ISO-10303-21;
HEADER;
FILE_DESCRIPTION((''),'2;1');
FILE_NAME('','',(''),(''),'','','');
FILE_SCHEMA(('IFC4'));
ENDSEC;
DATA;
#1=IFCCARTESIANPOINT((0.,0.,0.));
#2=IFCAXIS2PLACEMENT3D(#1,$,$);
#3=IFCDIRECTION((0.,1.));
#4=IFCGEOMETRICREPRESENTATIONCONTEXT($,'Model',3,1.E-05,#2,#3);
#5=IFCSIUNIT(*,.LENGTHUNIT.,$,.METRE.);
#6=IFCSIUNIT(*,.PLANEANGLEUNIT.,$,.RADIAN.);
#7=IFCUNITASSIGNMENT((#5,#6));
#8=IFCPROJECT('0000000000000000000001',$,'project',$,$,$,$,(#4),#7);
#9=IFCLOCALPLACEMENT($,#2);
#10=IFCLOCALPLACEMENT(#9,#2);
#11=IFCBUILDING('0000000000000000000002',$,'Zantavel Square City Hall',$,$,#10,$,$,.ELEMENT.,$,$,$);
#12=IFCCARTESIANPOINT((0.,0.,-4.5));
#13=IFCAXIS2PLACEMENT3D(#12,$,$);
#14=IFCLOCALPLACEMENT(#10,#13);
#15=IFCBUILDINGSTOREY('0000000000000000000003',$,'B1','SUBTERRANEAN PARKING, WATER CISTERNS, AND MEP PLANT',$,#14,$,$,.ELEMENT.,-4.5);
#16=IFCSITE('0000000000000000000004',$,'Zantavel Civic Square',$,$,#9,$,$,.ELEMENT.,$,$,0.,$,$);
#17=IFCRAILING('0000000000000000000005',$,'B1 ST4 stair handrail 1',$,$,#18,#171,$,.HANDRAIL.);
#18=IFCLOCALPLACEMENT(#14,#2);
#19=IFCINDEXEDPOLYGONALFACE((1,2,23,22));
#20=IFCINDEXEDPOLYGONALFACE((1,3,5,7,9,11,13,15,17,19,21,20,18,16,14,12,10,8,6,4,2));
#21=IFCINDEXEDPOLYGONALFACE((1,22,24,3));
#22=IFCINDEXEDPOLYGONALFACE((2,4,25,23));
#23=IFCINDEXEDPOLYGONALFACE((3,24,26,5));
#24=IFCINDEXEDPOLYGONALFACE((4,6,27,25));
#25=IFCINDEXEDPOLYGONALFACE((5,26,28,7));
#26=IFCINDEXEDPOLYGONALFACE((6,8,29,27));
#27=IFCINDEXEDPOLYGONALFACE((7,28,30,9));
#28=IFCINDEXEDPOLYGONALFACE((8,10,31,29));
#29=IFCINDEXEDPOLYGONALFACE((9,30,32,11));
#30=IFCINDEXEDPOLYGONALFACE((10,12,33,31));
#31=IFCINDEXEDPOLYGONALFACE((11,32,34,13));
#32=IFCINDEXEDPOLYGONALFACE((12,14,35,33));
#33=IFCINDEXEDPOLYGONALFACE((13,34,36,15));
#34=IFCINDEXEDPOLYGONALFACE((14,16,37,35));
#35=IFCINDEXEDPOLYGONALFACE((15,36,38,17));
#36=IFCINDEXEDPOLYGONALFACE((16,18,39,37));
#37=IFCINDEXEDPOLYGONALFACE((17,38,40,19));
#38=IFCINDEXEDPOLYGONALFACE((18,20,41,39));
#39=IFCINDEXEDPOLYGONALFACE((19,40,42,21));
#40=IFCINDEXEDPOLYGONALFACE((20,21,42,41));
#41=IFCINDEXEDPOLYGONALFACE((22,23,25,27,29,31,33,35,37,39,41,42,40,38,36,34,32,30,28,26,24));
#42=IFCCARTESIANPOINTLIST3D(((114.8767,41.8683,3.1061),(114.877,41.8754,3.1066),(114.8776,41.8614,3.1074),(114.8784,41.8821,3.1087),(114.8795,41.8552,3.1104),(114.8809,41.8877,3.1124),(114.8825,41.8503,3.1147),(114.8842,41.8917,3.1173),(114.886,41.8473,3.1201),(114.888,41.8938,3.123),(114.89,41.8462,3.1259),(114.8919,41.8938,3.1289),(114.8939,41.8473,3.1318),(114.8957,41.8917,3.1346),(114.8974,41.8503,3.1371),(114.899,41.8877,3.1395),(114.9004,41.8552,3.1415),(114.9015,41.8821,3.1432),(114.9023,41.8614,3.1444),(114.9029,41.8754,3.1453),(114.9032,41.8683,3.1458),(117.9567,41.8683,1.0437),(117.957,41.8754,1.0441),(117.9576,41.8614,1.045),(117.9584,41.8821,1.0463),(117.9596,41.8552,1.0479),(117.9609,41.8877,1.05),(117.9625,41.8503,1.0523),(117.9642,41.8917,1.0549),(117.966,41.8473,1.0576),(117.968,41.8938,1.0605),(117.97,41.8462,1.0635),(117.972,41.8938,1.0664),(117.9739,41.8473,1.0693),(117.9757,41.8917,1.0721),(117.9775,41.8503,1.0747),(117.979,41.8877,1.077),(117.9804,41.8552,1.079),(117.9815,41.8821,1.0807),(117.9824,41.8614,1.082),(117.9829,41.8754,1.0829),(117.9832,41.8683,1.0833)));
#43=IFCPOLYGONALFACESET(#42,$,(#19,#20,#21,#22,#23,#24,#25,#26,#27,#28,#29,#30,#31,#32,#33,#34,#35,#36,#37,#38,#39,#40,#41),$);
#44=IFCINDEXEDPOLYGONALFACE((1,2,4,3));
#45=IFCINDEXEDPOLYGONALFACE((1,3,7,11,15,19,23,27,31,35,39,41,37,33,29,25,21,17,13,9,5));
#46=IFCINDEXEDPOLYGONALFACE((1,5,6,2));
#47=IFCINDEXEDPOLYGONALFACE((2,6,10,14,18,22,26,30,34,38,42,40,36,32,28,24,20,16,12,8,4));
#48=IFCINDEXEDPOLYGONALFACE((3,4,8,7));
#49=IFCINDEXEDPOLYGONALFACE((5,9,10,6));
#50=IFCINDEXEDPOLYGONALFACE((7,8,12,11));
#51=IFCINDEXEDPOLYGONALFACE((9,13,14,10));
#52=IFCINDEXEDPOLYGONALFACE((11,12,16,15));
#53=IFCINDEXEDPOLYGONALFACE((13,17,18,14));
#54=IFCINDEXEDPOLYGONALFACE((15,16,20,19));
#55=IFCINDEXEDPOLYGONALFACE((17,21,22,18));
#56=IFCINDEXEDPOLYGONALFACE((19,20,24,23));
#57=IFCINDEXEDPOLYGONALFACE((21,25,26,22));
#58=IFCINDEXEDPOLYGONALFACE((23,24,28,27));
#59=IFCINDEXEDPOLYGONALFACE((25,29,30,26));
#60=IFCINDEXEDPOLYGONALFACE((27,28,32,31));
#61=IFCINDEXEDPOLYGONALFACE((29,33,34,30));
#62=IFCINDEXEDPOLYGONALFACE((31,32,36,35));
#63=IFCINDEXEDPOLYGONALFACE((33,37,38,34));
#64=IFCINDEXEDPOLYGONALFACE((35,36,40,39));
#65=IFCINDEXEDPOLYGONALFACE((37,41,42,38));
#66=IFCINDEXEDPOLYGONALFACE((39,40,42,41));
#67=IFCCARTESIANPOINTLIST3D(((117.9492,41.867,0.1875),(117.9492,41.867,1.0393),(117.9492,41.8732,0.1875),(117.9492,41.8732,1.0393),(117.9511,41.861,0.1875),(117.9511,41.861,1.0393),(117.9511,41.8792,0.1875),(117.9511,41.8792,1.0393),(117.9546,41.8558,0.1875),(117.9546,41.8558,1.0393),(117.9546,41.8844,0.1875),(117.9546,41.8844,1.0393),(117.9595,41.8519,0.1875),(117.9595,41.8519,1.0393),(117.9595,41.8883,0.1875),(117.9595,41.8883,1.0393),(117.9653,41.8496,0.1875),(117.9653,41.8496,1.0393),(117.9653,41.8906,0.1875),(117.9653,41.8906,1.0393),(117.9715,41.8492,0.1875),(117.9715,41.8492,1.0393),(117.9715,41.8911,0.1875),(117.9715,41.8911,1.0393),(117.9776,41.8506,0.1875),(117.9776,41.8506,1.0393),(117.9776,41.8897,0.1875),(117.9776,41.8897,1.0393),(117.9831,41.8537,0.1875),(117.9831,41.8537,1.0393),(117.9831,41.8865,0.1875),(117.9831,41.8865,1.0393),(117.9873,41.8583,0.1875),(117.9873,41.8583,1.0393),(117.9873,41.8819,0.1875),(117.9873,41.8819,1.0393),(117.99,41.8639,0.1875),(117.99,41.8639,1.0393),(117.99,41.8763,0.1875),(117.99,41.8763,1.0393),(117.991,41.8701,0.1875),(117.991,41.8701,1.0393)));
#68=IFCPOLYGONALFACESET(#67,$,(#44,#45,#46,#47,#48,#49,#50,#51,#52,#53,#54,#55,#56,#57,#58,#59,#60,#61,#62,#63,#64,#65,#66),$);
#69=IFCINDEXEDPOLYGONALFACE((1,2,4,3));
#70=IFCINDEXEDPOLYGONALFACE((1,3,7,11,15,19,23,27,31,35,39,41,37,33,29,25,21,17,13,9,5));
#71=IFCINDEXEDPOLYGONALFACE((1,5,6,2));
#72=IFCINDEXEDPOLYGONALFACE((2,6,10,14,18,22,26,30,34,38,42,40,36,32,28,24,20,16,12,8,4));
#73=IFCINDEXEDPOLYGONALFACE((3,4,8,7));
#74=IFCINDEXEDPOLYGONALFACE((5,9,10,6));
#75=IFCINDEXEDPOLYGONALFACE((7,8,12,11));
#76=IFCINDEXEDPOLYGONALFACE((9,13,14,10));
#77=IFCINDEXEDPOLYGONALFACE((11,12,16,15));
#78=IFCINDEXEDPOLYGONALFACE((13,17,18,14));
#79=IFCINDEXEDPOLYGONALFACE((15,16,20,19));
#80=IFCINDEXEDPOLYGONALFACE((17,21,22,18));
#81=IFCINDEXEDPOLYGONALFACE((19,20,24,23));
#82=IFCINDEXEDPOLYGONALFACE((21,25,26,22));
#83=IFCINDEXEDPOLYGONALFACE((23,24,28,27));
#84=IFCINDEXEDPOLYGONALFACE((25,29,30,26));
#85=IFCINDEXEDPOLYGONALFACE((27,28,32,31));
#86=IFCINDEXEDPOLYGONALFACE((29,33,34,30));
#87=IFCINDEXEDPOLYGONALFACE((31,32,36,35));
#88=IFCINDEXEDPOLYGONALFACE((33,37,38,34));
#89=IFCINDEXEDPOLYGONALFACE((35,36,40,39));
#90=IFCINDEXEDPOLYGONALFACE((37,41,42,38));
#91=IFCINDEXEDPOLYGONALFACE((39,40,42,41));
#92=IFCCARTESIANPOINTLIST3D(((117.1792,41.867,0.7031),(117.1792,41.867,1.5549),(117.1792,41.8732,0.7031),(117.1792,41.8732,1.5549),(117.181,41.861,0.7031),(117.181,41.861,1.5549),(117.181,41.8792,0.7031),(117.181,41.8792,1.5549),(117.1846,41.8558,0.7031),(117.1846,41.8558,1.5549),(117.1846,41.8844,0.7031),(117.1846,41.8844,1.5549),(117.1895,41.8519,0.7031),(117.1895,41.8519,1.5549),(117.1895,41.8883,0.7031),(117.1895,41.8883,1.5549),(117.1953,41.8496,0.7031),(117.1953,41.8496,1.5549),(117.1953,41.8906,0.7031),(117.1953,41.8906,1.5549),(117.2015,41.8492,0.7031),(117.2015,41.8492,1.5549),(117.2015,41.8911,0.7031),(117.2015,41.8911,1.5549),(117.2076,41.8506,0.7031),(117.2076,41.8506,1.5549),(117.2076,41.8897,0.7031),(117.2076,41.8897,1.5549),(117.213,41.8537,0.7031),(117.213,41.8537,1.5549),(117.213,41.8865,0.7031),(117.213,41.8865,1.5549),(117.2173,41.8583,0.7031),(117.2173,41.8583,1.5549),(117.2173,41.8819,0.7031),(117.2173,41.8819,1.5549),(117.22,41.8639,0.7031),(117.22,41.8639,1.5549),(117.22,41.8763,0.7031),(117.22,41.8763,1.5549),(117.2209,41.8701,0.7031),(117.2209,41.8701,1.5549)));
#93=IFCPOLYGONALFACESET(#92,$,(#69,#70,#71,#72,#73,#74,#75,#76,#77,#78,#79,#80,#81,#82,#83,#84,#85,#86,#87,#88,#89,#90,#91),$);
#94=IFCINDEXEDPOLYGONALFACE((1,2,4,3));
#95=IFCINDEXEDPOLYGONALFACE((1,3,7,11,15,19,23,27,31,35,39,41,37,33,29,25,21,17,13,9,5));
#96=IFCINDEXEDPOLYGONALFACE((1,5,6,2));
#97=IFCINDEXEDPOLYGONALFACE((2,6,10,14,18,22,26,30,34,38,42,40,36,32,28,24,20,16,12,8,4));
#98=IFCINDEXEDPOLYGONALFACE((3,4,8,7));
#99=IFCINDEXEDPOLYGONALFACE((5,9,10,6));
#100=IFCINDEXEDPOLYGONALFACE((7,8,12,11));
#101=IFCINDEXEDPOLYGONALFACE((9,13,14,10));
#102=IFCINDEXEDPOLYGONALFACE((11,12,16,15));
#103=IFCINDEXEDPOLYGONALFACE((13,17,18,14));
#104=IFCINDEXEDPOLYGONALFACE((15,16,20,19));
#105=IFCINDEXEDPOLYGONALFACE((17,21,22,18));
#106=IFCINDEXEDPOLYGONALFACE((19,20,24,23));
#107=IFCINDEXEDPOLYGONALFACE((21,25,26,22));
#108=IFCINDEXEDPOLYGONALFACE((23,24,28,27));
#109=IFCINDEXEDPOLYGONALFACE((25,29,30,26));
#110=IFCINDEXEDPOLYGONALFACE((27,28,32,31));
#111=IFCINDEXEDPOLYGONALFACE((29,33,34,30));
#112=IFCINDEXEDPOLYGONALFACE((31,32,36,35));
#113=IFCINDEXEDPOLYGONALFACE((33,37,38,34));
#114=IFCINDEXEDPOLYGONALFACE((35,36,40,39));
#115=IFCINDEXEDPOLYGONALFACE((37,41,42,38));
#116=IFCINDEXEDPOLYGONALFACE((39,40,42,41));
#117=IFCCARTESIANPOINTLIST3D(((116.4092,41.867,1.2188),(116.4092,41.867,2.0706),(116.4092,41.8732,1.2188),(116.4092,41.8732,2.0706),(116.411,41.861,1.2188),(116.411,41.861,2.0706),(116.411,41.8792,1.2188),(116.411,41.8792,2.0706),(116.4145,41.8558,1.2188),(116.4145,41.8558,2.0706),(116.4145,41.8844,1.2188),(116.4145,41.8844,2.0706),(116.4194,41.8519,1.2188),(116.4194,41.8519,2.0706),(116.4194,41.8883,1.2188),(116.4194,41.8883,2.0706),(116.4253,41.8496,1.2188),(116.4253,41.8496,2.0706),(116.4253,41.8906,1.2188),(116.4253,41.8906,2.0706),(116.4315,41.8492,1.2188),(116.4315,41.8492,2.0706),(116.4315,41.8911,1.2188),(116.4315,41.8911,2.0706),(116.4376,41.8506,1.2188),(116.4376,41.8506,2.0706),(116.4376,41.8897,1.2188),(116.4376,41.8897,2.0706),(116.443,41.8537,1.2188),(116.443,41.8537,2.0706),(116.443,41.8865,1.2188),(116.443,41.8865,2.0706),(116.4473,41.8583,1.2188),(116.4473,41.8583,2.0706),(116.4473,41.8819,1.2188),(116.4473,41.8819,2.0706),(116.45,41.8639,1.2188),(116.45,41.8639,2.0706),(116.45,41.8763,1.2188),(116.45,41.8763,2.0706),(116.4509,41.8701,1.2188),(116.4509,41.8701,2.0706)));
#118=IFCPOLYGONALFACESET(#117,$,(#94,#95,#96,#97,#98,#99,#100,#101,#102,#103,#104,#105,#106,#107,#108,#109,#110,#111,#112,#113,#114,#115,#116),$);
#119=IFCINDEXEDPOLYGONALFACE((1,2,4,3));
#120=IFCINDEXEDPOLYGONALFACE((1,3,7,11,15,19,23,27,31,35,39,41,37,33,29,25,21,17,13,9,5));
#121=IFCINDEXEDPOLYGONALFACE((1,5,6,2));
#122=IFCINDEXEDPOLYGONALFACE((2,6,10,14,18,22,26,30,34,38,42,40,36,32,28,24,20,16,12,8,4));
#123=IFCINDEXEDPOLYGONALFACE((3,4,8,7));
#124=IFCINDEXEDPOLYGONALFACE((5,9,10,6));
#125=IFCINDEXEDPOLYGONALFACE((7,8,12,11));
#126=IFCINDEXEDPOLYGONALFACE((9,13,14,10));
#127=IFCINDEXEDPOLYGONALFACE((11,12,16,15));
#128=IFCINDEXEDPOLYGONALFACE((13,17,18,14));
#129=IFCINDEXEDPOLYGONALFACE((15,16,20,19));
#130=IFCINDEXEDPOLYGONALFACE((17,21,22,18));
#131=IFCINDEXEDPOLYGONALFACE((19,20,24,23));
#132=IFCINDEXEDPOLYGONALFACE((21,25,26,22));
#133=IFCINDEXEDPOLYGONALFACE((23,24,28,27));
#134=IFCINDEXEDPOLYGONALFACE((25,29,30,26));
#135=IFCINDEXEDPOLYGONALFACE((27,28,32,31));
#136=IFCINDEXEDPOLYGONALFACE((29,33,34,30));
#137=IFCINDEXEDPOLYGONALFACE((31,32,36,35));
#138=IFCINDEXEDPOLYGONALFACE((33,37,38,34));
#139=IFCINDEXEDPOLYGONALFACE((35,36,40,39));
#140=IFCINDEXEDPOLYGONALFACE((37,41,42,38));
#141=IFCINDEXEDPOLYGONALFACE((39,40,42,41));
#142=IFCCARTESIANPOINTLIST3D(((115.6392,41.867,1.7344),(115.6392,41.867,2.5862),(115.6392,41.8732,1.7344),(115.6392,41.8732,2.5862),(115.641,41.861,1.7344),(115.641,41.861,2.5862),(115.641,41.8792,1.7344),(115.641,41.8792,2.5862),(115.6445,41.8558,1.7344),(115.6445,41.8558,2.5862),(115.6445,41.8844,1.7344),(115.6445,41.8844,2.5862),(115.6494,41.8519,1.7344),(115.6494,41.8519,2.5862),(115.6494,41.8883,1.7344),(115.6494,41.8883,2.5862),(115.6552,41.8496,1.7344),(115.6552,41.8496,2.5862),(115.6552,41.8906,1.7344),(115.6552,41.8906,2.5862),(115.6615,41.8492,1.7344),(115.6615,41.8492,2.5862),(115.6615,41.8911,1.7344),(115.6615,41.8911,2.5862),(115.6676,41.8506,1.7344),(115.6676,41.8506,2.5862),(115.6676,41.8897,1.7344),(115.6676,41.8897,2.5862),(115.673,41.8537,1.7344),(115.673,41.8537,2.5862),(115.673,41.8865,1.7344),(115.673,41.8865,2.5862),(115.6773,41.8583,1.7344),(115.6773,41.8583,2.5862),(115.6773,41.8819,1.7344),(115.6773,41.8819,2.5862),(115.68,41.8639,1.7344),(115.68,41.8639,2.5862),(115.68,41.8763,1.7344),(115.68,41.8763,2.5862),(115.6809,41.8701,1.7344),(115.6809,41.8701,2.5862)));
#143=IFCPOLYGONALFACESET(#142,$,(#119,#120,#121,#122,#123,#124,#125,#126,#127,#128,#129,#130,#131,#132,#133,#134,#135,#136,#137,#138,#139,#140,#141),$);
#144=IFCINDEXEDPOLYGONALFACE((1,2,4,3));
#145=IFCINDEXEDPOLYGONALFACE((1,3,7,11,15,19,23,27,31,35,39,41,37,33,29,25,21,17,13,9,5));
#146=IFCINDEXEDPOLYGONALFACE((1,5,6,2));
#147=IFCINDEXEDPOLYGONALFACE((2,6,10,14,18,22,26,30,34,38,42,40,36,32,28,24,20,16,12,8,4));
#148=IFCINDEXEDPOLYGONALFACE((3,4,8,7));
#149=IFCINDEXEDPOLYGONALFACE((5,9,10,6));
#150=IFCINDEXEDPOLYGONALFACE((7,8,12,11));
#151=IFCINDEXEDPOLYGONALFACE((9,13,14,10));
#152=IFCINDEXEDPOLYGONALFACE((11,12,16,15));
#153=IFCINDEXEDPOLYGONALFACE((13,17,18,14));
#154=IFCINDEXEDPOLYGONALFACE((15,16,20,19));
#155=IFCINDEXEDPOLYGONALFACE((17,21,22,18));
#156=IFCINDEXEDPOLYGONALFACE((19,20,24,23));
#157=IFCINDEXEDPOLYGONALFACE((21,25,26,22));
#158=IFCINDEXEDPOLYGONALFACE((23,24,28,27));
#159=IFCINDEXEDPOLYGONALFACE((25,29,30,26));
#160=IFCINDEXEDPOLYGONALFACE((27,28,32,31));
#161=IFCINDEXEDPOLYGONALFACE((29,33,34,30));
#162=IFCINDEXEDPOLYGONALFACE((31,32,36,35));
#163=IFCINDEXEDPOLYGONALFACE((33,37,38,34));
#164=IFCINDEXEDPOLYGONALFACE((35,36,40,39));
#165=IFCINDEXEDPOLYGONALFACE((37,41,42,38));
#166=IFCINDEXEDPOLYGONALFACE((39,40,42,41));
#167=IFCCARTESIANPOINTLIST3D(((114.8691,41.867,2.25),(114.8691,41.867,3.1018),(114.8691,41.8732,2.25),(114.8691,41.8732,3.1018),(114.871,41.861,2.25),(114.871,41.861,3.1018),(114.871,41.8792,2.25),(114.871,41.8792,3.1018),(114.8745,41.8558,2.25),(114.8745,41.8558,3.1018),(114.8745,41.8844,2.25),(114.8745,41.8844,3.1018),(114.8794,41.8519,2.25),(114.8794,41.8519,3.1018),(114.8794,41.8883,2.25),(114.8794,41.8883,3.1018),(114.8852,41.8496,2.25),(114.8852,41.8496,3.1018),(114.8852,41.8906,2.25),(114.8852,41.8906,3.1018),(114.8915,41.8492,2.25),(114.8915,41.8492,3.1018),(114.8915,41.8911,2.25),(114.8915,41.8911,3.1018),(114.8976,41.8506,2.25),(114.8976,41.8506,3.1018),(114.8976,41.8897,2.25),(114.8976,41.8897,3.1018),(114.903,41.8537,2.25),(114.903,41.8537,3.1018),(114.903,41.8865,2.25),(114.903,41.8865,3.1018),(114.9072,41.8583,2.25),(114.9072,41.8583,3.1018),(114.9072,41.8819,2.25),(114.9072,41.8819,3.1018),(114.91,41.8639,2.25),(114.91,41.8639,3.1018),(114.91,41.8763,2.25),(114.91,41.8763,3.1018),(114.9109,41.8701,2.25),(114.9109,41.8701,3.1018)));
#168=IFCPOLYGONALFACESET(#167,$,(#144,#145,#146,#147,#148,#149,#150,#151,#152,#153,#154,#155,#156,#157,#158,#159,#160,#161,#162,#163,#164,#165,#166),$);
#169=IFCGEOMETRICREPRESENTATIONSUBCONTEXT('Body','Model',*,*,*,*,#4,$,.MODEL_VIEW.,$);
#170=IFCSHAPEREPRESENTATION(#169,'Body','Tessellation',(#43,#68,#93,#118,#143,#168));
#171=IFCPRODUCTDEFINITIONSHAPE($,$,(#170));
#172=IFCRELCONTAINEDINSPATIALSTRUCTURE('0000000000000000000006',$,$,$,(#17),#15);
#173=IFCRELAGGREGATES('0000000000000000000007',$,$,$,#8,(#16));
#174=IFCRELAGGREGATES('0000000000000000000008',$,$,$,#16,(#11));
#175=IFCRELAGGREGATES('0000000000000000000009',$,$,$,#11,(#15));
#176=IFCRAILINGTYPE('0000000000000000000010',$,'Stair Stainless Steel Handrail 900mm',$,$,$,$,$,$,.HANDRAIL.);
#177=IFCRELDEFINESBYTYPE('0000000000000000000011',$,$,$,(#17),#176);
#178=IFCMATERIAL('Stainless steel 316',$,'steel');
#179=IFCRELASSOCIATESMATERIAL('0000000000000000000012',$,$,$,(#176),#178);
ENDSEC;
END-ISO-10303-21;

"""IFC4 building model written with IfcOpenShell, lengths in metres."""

from ifc_helpers import new_model, si_unit, direction, frame, origin, origin_2d, place, context, subcontext, project, spatial, circle, extrude, material, type_object, element, save


model = new_model("IFC4")

# Units and contexts
model_context = context("Model", 3, precision=1e-05, world=origin(), true_north=direction((0.0, 1.0)))
body_context = subcontext(model_context, "Body", "Model", "MODEL_VIEW")
ifc_project = project(units=[si_unit("LENGTHUNIT", "METRE"), si_unit("PLANEANGLEUNIT", "RADIAN")], contexts=[model_context])

# Site, building, storey
site_placement = place(None, origin())
site = spatial("IfcSite", under=ifc_project, at=site_placement, Name="Zantavel Civic Square", CompositionType="ELEMENT", RefElevation=0.0)
building_placement = place(site_placement, origin())
building = spatial("IfcBuilding", under=site, at=building_placement, Name="Zantavel Square City Hall", CompositionType="ELEMENT")
storey_placement = place(building_placement, frame((0.0, 0.0, -4.5)))
storey = spatial("IfcBuildingStorey", under=building, at=storey_placement, Name="B1", Description="SUBTERRANEAN PARKING, WATER CISTERNS, AND MEP PLANT", CompositionType="ELEMENT", Elevation=-4.5)

# Railing
ifc_material_1 = material(Name="Stainless steel 316", Category="steel")
railing_type_1 = type_object("IfcRailingType", Name="Stair Stainless Steel Handrail 900mm", PredefinedType="HANDRAIL", material=ifc_material_1)
railing_1_placement = place(storey_placement, frame((117.97, 41.8701, 0.1875)))
element("IfcRailing", 1, at=railing_1_placement, inside=storey, type_object=railing_type_1, Name="B1 ST4 stair handrail 1", PredefinedType="HANDRAIL", context=body_context, shape_type="SweptSolid", body=[
    extrude(circle(Radius=0.0239, at=origin_2d()), frame((0.0, 0.0, 0.876), z_axis=(-0.830914, 0.0, 0.556401), x_axis=(0.0, -1.0, 0.0)), (0.0, 0.0, 1.0), 3.7068),
    extrude(circle(Radius=0.021, at=origin_2d()), origin(), (0.0, 0.0, 1.0), 0.8518),
    extrude(circle(Radius=0.021, at=origin_2d()), frame((-0.77, 0.0, 0.5156)), (0.0, 0.0, 1.0), 0.8518),
    extrude(circle(Radius=0.021, at=origin_2d()), frame((-1.54, 0.0, 1.0312)), (0.0, 0.0, 1.0), 0.8518),
    extrude(circle(Radius=0.021, at=origin_2d()), frame((-2.3101, 0.0, 1.5469)), (0.0, 0.0, 1.0), 0.8518),
    extrude(circle(Radius=0.021, at=origin_2d()), frame((-3.0801, 0.0, 2.0625)), (0.0, 0.0, 1.0), 0.8518),
])

save(model, "model.ifc")
